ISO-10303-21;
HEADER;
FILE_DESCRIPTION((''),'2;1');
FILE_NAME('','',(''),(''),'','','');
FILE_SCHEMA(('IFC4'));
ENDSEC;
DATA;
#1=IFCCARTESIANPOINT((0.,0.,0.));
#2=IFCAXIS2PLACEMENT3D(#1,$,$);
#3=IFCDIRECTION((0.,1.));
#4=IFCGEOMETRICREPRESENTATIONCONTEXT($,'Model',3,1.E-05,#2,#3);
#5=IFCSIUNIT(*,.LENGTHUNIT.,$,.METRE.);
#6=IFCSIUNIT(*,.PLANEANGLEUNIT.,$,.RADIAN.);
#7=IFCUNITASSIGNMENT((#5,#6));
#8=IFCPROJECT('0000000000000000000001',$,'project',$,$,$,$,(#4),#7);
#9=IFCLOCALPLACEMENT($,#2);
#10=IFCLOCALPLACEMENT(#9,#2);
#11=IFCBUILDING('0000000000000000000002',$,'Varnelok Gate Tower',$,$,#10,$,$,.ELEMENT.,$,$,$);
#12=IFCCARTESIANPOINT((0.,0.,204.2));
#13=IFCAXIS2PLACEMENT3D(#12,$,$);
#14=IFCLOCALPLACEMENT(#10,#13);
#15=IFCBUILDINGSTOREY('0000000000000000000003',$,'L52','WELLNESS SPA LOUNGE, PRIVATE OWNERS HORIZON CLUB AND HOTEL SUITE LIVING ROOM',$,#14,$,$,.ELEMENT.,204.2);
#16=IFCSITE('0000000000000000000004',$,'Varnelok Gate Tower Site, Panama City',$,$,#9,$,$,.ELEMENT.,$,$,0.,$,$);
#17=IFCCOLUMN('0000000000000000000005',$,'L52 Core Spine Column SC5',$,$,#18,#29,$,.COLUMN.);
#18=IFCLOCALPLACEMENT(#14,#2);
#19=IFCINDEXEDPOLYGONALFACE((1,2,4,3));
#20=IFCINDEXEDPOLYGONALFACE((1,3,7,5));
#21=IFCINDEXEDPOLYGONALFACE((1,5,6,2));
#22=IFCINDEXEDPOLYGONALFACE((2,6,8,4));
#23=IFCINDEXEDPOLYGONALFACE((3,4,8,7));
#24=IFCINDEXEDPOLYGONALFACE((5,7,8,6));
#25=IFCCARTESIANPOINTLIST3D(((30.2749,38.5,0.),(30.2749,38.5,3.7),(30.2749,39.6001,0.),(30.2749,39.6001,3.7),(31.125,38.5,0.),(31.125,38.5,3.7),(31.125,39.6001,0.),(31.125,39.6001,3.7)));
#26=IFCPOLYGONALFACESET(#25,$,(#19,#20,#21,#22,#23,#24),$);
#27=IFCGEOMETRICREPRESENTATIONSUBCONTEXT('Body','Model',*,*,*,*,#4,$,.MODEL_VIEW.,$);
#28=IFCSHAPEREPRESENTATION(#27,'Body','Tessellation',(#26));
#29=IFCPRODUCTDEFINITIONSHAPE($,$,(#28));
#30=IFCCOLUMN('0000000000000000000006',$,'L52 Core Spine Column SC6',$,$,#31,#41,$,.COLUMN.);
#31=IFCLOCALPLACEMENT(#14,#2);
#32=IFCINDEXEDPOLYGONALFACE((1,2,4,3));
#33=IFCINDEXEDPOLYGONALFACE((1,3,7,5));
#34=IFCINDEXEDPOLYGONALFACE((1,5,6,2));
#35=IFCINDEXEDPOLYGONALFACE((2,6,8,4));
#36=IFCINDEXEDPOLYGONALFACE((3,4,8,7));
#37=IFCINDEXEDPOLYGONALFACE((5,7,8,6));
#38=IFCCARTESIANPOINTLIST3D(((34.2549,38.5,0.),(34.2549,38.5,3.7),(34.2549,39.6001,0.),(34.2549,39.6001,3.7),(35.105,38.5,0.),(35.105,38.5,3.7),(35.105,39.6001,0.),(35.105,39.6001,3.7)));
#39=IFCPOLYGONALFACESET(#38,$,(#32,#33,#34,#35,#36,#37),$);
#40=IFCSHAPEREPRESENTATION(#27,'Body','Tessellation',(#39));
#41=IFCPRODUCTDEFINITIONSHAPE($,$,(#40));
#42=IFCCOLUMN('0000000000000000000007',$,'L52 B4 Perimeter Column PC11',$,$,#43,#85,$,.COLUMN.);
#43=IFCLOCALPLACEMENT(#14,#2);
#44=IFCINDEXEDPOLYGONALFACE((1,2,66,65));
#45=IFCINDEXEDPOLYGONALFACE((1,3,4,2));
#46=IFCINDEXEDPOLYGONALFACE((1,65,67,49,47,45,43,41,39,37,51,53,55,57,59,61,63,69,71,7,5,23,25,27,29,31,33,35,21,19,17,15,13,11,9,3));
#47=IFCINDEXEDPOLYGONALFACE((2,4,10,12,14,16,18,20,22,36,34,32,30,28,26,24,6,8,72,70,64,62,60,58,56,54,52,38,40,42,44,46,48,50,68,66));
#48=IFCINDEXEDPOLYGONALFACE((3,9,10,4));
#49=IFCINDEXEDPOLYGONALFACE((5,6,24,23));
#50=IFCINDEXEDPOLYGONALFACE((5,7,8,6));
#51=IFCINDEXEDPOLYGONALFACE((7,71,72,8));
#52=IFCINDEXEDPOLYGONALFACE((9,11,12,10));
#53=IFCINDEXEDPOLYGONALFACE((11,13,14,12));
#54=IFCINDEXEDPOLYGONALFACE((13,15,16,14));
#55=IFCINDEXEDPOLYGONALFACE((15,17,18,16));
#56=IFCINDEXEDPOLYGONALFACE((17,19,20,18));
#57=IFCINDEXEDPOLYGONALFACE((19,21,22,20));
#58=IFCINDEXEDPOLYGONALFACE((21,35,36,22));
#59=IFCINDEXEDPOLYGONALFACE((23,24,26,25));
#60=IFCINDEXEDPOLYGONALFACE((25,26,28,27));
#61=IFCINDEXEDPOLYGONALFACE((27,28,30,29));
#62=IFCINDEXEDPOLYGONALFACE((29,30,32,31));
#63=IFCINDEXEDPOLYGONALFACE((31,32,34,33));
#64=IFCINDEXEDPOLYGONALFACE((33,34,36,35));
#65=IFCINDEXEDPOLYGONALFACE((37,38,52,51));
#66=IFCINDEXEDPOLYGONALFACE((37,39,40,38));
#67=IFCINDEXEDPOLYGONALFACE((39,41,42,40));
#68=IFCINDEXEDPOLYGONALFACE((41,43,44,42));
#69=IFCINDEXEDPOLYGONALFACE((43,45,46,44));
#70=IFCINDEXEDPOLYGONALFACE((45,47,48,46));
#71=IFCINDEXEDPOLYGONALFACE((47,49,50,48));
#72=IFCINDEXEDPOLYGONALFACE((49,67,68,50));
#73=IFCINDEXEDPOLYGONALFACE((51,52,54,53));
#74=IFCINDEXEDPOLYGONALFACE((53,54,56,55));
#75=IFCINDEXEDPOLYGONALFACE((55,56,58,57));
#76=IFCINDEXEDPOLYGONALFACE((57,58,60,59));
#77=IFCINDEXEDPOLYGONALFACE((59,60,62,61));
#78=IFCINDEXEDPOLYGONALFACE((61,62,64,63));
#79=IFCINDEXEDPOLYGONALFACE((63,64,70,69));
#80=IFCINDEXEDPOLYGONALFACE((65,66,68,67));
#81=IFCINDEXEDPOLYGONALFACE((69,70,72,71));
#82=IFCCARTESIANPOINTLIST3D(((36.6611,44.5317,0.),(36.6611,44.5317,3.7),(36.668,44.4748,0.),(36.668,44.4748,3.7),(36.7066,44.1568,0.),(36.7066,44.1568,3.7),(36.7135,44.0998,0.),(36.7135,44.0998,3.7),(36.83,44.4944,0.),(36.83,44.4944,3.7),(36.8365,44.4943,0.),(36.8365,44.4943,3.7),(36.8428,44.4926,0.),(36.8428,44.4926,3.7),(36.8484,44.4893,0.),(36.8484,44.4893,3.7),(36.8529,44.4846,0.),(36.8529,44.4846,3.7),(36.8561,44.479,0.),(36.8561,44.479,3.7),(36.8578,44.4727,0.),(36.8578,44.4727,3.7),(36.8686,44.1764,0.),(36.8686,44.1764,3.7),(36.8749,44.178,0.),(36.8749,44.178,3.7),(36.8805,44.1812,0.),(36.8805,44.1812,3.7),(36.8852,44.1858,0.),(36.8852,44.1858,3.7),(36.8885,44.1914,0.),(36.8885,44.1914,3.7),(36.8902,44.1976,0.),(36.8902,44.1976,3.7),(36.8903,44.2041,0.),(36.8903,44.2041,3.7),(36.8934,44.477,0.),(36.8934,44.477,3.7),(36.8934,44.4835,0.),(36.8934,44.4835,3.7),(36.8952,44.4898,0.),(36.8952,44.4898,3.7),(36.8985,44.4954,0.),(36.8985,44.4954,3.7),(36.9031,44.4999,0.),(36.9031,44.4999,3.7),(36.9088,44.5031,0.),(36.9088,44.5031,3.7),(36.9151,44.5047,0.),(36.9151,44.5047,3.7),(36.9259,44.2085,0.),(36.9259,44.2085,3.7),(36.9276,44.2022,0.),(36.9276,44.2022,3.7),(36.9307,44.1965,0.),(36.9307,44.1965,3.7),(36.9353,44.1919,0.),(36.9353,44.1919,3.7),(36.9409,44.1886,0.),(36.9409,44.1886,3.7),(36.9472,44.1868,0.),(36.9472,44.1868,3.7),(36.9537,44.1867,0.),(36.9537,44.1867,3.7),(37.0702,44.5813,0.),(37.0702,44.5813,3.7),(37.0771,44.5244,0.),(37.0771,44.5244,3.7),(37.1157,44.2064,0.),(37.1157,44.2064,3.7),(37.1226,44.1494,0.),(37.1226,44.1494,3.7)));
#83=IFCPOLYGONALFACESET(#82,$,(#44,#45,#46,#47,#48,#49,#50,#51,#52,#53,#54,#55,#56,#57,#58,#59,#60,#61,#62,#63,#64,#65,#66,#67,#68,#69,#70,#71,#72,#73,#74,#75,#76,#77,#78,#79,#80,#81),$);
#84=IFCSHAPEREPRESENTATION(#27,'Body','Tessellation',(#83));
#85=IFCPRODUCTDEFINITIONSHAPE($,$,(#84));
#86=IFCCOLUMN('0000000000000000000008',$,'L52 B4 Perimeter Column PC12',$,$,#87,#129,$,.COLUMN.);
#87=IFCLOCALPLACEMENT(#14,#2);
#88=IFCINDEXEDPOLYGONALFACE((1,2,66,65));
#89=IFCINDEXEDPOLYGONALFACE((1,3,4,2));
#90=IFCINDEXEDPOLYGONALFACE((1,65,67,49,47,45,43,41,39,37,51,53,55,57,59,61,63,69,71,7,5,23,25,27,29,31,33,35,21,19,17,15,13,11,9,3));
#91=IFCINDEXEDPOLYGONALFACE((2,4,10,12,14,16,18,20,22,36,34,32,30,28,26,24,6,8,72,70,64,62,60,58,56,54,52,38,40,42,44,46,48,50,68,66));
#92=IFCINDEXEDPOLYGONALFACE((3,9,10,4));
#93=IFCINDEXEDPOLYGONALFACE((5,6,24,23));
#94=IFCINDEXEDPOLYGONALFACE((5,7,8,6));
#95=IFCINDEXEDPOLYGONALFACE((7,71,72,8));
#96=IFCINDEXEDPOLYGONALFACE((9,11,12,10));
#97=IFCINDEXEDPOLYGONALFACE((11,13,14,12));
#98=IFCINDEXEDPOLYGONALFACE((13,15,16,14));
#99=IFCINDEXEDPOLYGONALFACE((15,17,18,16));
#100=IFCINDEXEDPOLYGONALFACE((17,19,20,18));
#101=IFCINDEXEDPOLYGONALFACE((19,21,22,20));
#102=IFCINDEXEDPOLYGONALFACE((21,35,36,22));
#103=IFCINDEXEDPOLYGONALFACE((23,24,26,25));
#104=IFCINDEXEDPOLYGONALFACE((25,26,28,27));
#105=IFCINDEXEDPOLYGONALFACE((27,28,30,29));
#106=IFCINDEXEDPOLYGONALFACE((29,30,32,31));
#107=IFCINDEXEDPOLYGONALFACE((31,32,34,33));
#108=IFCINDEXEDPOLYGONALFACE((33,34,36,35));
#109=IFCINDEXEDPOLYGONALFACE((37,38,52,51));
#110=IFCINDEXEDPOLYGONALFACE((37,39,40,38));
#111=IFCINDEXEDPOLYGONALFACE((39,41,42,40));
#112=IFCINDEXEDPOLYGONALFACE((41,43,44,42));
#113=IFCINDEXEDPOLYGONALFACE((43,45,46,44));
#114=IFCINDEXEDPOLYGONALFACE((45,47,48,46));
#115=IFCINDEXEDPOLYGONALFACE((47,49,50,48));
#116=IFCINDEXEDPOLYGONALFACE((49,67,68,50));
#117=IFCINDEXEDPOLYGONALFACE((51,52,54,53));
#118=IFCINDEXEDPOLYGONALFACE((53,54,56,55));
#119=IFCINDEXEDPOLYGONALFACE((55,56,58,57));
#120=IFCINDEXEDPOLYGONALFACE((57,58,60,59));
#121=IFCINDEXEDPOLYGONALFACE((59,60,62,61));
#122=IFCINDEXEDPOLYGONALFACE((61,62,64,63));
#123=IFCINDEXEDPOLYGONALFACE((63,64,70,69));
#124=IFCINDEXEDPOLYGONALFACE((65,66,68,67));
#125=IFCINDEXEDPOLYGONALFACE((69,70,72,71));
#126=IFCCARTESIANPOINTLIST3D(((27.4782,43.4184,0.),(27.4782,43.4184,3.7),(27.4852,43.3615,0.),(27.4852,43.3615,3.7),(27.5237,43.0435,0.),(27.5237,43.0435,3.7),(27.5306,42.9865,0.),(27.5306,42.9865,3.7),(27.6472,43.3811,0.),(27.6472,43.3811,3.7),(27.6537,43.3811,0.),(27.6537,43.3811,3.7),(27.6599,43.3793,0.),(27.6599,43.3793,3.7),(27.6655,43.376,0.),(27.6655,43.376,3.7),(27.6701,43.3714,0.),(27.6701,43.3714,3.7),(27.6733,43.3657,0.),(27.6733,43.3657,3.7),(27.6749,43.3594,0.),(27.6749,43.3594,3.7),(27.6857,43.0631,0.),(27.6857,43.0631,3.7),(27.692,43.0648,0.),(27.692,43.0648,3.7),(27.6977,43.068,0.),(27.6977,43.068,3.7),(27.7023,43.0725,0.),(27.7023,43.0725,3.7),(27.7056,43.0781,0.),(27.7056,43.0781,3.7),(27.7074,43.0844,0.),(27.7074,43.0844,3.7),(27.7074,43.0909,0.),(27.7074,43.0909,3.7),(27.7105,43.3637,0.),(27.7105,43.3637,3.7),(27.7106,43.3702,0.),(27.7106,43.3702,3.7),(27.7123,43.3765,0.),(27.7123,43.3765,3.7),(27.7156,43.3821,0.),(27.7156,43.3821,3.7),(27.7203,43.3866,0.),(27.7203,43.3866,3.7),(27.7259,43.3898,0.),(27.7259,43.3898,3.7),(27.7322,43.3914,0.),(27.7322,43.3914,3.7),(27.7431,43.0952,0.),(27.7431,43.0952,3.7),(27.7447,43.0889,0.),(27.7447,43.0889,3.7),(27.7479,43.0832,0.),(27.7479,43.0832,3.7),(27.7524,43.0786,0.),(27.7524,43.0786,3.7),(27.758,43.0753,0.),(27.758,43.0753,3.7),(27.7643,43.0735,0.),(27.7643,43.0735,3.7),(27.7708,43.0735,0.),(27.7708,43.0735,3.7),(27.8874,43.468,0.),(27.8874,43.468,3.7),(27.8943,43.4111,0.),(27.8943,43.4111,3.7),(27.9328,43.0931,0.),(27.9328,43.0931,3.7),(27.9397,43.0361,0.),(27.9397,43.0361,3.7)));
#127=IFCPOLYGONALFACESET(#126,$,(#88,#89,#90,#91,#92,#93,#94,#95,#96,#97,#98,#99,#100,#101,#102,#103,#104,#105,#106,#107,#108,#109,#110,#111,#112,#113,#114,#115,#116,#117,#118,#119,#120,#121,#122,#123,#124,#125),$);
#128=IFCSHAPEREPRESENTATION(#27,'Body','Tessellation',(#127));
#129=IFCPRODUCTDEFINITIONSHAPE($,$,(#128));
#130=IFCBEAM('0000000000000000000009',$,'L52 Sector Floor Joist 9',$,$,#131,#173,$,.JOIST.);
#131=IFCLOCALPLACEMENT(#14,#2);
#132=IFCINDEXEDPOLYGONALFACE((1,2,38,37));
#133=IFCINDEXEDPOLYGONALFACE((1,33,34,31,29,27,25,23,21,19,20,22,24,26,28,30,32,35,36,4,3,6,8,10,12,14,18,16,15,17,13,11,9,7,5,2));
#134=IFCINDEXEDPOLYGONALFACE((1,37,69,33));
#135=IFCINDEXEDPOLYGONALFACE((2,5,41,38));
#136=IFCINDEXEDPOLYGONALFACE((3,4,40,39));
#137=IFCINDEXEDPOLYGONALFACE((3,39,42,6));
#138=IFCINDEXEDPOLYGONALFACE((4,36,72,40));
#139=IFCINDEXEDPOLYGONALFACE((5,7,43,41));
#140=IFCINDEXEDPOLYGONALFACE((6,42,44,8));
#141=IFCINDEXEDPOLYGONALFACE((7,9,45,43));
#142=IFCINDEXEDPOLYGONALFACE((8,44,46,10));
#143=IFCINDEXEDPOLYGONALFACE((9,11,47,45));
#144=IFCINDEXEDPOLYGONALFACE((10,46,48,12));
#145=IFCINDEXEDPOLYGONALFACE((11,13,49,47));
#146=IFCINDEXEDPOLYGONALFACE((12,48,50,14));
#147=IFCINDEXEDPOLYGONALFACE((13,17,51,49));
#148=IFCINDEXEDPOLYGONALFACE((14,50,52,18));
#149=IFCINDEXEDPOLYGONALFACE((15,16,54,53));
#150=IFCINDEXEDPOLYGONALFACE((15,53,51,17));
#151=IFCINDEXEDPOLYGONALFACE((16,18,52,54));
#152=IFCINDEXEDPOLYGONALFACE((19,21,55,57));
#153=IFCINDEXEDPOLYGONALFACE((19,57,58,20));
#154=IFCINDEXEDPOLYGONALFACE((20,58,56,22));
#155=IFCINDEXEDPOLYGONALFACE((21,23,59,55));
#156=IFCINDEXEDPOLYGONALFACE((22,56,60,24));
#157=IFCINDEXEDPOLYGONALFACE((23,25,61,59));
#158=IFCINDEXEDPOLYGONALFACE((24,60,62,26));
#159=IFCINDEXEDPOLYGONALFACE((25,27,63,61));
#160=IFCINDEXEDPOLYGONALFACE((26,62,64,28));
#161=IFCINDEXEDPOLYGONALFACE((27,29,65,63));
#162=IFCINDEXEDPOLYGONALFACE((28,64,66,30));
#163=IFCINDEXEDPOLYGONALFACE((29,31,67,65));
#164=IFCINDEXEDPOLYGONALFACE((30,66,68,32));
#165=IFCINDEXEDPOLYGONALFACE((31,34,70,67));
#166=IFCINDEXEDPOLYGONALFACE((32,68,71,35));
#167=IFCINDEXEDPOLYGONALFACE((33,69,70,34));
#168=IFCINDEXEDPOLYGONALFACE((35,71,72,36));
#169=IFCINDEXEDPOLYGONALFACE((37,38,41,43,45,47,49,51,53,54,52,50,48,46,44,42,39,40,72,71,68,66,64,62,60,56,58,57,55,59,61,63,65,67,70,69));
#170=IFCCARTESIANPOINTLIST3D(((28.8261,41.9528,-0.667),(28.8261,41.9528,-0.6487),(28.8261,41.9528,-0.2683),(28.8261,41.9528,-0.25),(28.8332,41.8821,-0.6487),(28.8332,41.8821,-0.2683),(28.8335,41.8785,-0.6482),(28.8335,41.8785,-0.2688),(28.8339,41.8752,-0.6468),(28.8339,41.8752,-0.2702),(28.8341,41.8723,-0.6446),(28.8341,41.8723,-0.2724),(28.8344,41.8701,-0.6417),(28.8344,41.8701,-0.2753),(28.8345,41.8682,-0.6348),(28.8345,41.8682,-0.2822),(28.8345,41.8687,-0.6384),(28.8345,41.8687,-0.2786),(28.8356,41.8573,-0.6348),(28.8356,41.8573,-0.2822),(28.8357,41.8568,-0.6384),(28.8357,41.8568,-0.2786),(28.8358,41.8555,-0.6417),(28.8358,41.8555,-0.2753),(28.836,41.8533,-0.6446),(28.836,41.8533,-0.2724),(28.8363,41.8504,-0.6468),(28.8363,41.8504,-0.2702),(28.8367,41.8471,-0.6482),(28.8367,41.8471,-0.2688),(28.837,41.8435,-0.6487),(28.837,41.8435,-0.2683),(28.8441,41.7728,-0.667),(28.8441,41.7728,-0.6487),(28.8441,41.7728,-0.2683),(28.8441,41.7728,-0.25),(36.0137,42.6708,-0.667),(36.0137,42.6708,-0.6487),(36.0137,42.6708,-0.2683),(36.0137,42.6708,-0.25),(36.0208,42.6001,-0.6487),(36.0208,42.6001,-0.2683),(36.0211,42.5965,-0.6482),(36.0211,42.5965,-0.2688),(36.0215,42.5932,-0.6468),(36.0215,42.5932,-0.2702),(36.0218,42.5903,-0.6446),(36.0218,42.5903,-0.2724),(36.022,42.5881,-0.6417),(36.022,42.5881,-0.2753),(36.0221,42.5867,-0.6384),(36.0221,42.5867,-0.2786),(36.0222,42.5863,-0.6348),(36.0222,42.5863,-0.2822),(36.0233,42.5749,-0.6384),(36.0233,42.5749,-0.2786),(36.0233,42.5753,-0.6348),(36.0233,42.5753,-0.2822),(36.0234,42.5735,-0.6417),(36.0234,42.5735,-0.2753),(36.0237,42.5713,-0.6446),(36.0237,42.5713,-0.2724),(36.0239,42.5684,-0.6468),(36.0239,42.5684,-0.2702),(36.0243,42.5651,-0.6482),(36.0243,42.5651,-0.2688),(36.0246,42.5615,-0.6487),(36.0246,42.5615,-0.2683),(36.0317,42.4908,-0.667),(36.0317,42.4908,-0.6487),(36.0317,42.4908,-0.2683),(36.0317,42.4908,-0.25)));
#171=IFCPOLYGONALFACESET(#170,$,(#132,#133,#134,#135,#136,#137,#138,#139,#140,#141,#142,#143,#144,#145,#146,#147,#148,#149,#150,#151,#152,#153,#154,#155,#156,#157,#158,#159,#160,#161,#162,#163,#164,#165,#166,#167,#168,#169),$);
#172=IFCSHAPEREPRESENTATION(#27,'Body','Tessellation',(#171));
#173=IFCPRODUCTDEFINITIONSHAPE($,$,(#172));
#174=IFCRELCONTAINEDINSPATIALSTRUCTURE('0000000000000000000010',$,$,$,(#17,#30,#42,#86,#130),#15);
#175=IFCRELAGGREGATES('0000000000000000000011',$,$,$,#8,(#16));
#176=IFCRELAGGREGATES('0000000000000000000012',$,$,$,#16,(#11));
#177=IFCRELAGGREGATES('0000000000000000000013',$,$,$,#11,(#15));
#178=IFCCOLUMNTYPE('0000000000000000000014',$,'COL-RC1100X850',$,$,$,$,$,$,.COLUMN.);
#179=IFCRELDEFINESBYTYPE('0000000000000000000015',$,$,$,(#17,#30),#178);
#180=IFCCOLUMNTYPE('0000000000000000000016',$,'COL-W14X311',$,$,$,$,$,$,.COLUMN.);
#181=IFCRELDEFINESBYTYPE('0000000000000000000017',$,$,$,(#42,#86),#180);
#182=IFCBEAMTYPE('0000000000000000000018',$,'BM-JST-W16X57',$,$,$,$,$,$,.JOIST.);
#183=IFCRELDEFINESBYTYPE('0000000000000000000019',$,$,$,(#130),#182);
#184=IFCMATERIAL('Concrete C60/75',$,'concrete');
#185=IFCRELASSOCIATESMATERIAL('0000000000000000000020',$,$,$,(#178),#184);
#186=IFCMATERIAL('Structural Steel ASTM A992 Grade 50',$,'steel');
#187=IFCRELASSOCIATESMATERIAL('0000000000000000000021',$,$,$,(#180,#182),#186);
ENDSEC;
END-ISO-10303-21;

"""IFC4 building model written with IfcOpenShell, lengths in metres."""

from ifc_helpers import new_model, si_unit, direction, frame, origin, origin_2d, place, context, subcontext, project, spatial, rectangle, i_section, extrude, material, material_profile, profile_set, type_object, element, save


model = new_model("IFC4")

# Units and contexts
model_context = context("Model", 3, precision=1e-05, world=origin(), true_north=direction((0.0, 1.0)))
body_context = subcontext(model_context, "Body", "Model", "MODEL_VIEW")
ifc_project = project(units=[si_unit("LENGTHUNIT", "METRE"), si_unit("PLANEANGLEUNIT", "RADIAN")], contexts=[model_context])

# Site, building, storey
site_placement = place(None, origin())
site = spatial("IfcSite", under=ifc_project, at=site_placement, Name="Varnelok Gate Tower Site, Panama City", CompositionType="ELEMENT", RefElevation=0.0)
building_placement = place(site_placement, origin())
building = spatial("IfcBuilding", under=site, at=building_placement, Name="Varnelok Gate Tower", CompositionType="ELEMENT")
storey_placement = place(building_placement, frame((0.0, 0.0, 204.2)))
storey = spatial("IfcBuildingStorey", under=building, at=storey_placement, Name="L52", Description="WELLNESS SPA LOUNGE, PRIVATE OWNERS HORIZON CLUB AND HOTEL SUITE LIVING ROOM", CompositionType="ELEMENT", Elevation=204.2)

# Columns
ifc_material_1 = material(Name="Concrete C60/75", Category="concrete")
ifc_material_profile_1 = material_profile(ifc_material_1, rectangle(XDim=0.8501, YDim=1.1001, at=origin_2d()), Name="RC1100X850")
ifc_profile_set_1 = profile_set([ifc_material_profile_1], Name="Concrete C60/75")
column_type_1 = type_object("IfcColumnType", Name="COL-RC1100X850", PredefinedType="COLUMN", material=ifc_profile_set_1)
for number, where, z_axis, x_axis, name in (
    (1, (30.7, 39.05, 0.0), (0.0, 0.0, 1.0), (1.0, 0.0, 0.0), "L52 Core Spine Column SC5"),
    (2, (34.6799, 39.05, 0.0), (0.0, 0.0, 1.0), (1.0, 0.0, 0.0), "L52 Core Spine Column SC6"),
):
    element("IfcColumn", number, at=place(storey_placement, frame(where, z_axis=z_axis, x_axis=x_axis)), inside=storey, type_object=column_type_1, Name=name, PredefinedType="COLUMN", context=body_context, shape_type="SweptSolid", body=[
        extrude(rectangle(XDim=0.8501, YDim=1.1001, at=origin_2d()), origin(), (0.0, 0.0, 1.0), 3.7),
    ])
ifc_material_2 = material(Name="Structural Steel ASTM A992 Grade 50", Category="steel")
ifc_material_profile_2 = material_profile(ifc_material_2, i_section(OverallWidth=0.4121, OverallDepth=0.4351, WebThickness=0.0359, FlangeThickness=0.0574, FilletRadius=0.0249, at=origin_2d()), Name="W14X311")
ifc_profile_set_2 = profile_set([ifc_material_profile_2], Name="Structural Steel ASTM A992 Grade 50")
column_type_2 = type_object("IfcColumnType", Name="COL-W14X311", PredefinedType="COLUMN", material=ifc_profile_set_2)
for number, where, z_axis, x_axis, name in (
    (3, (36.8918, 44.3406, 0.0), (0.0, 0.0, 1.0), (0.992732, 0.120345, 0.0), "L52 B4 Perimeter Column PC11"),
    (4, (27.709, 43.2273, 0.0), (0.0, 0.0, 1.0), (0.992732, 0.120345, 0.0), "L52 B4 Perimeter Column PC12"),
):
    element("IfcColumn", number, at=place(storey_placement, frame(where, z_axis=z_axis, x_axis=x_axis)), inside=storey, type_object=column_type_2, Name=name, PredefinedType="COLUMN", context=body_context, shape_type="SweptSolid", body=[
        extrude(i_section(OverallWidth=0.4121, OverallDepth=0.4351, WebThickness=0.0359, FlangeThickness=0.0574, FilletRadius=0.0249, at=origin_2d()), origin(), (0.0, 0.0, 1.0), 3.7),
    ])

# Beam
ifc_material_profile_3 = material_profile(ifc_material_2, i_section(OverallWidth=0.1809, OverallDepth=0.417, WebThickness=0.011, FlangeThickness=0.0183, FilletRadius=0.0139, at=origin_2d()), Name="W16X57")
ifc_profile_set_3 = profile_set([ifc_material_profile_3], Name="Structural Steel ASTM A992 Grade 50")
beam_type_1 = type_object("IfcBeamType", Name="BM-JST-W16X57", PredefinedType="JOIST", material=ifc_profile_set_3)
beam_1_placement = place(storey_placement, frame((36.0227, 42.5808, -0.4585), z_axis=(-0.995047, -0.099403, 0.0), x_axis=(0.099403, -0.995047, 0.0)))
element("IfcBeam", 5, at=beam_1_placement, inside=storey, type_object=beam_type_1, Name="L52 Sector Floor Joist 9", PredefinedType="JOIST", context=body_context, shape_type="SweptSolid", body=[
    extrude(i_section(OverallWidth=0.1809, OverallDepth=0.417, WebThickness=0.011, FlangeThickness=0.0183, FilletRadius=0.0139, at=origin_2d()), origin(), (0.0, 0.0, 1.0), 7.2234),
])

save(model, "model.ifc")
